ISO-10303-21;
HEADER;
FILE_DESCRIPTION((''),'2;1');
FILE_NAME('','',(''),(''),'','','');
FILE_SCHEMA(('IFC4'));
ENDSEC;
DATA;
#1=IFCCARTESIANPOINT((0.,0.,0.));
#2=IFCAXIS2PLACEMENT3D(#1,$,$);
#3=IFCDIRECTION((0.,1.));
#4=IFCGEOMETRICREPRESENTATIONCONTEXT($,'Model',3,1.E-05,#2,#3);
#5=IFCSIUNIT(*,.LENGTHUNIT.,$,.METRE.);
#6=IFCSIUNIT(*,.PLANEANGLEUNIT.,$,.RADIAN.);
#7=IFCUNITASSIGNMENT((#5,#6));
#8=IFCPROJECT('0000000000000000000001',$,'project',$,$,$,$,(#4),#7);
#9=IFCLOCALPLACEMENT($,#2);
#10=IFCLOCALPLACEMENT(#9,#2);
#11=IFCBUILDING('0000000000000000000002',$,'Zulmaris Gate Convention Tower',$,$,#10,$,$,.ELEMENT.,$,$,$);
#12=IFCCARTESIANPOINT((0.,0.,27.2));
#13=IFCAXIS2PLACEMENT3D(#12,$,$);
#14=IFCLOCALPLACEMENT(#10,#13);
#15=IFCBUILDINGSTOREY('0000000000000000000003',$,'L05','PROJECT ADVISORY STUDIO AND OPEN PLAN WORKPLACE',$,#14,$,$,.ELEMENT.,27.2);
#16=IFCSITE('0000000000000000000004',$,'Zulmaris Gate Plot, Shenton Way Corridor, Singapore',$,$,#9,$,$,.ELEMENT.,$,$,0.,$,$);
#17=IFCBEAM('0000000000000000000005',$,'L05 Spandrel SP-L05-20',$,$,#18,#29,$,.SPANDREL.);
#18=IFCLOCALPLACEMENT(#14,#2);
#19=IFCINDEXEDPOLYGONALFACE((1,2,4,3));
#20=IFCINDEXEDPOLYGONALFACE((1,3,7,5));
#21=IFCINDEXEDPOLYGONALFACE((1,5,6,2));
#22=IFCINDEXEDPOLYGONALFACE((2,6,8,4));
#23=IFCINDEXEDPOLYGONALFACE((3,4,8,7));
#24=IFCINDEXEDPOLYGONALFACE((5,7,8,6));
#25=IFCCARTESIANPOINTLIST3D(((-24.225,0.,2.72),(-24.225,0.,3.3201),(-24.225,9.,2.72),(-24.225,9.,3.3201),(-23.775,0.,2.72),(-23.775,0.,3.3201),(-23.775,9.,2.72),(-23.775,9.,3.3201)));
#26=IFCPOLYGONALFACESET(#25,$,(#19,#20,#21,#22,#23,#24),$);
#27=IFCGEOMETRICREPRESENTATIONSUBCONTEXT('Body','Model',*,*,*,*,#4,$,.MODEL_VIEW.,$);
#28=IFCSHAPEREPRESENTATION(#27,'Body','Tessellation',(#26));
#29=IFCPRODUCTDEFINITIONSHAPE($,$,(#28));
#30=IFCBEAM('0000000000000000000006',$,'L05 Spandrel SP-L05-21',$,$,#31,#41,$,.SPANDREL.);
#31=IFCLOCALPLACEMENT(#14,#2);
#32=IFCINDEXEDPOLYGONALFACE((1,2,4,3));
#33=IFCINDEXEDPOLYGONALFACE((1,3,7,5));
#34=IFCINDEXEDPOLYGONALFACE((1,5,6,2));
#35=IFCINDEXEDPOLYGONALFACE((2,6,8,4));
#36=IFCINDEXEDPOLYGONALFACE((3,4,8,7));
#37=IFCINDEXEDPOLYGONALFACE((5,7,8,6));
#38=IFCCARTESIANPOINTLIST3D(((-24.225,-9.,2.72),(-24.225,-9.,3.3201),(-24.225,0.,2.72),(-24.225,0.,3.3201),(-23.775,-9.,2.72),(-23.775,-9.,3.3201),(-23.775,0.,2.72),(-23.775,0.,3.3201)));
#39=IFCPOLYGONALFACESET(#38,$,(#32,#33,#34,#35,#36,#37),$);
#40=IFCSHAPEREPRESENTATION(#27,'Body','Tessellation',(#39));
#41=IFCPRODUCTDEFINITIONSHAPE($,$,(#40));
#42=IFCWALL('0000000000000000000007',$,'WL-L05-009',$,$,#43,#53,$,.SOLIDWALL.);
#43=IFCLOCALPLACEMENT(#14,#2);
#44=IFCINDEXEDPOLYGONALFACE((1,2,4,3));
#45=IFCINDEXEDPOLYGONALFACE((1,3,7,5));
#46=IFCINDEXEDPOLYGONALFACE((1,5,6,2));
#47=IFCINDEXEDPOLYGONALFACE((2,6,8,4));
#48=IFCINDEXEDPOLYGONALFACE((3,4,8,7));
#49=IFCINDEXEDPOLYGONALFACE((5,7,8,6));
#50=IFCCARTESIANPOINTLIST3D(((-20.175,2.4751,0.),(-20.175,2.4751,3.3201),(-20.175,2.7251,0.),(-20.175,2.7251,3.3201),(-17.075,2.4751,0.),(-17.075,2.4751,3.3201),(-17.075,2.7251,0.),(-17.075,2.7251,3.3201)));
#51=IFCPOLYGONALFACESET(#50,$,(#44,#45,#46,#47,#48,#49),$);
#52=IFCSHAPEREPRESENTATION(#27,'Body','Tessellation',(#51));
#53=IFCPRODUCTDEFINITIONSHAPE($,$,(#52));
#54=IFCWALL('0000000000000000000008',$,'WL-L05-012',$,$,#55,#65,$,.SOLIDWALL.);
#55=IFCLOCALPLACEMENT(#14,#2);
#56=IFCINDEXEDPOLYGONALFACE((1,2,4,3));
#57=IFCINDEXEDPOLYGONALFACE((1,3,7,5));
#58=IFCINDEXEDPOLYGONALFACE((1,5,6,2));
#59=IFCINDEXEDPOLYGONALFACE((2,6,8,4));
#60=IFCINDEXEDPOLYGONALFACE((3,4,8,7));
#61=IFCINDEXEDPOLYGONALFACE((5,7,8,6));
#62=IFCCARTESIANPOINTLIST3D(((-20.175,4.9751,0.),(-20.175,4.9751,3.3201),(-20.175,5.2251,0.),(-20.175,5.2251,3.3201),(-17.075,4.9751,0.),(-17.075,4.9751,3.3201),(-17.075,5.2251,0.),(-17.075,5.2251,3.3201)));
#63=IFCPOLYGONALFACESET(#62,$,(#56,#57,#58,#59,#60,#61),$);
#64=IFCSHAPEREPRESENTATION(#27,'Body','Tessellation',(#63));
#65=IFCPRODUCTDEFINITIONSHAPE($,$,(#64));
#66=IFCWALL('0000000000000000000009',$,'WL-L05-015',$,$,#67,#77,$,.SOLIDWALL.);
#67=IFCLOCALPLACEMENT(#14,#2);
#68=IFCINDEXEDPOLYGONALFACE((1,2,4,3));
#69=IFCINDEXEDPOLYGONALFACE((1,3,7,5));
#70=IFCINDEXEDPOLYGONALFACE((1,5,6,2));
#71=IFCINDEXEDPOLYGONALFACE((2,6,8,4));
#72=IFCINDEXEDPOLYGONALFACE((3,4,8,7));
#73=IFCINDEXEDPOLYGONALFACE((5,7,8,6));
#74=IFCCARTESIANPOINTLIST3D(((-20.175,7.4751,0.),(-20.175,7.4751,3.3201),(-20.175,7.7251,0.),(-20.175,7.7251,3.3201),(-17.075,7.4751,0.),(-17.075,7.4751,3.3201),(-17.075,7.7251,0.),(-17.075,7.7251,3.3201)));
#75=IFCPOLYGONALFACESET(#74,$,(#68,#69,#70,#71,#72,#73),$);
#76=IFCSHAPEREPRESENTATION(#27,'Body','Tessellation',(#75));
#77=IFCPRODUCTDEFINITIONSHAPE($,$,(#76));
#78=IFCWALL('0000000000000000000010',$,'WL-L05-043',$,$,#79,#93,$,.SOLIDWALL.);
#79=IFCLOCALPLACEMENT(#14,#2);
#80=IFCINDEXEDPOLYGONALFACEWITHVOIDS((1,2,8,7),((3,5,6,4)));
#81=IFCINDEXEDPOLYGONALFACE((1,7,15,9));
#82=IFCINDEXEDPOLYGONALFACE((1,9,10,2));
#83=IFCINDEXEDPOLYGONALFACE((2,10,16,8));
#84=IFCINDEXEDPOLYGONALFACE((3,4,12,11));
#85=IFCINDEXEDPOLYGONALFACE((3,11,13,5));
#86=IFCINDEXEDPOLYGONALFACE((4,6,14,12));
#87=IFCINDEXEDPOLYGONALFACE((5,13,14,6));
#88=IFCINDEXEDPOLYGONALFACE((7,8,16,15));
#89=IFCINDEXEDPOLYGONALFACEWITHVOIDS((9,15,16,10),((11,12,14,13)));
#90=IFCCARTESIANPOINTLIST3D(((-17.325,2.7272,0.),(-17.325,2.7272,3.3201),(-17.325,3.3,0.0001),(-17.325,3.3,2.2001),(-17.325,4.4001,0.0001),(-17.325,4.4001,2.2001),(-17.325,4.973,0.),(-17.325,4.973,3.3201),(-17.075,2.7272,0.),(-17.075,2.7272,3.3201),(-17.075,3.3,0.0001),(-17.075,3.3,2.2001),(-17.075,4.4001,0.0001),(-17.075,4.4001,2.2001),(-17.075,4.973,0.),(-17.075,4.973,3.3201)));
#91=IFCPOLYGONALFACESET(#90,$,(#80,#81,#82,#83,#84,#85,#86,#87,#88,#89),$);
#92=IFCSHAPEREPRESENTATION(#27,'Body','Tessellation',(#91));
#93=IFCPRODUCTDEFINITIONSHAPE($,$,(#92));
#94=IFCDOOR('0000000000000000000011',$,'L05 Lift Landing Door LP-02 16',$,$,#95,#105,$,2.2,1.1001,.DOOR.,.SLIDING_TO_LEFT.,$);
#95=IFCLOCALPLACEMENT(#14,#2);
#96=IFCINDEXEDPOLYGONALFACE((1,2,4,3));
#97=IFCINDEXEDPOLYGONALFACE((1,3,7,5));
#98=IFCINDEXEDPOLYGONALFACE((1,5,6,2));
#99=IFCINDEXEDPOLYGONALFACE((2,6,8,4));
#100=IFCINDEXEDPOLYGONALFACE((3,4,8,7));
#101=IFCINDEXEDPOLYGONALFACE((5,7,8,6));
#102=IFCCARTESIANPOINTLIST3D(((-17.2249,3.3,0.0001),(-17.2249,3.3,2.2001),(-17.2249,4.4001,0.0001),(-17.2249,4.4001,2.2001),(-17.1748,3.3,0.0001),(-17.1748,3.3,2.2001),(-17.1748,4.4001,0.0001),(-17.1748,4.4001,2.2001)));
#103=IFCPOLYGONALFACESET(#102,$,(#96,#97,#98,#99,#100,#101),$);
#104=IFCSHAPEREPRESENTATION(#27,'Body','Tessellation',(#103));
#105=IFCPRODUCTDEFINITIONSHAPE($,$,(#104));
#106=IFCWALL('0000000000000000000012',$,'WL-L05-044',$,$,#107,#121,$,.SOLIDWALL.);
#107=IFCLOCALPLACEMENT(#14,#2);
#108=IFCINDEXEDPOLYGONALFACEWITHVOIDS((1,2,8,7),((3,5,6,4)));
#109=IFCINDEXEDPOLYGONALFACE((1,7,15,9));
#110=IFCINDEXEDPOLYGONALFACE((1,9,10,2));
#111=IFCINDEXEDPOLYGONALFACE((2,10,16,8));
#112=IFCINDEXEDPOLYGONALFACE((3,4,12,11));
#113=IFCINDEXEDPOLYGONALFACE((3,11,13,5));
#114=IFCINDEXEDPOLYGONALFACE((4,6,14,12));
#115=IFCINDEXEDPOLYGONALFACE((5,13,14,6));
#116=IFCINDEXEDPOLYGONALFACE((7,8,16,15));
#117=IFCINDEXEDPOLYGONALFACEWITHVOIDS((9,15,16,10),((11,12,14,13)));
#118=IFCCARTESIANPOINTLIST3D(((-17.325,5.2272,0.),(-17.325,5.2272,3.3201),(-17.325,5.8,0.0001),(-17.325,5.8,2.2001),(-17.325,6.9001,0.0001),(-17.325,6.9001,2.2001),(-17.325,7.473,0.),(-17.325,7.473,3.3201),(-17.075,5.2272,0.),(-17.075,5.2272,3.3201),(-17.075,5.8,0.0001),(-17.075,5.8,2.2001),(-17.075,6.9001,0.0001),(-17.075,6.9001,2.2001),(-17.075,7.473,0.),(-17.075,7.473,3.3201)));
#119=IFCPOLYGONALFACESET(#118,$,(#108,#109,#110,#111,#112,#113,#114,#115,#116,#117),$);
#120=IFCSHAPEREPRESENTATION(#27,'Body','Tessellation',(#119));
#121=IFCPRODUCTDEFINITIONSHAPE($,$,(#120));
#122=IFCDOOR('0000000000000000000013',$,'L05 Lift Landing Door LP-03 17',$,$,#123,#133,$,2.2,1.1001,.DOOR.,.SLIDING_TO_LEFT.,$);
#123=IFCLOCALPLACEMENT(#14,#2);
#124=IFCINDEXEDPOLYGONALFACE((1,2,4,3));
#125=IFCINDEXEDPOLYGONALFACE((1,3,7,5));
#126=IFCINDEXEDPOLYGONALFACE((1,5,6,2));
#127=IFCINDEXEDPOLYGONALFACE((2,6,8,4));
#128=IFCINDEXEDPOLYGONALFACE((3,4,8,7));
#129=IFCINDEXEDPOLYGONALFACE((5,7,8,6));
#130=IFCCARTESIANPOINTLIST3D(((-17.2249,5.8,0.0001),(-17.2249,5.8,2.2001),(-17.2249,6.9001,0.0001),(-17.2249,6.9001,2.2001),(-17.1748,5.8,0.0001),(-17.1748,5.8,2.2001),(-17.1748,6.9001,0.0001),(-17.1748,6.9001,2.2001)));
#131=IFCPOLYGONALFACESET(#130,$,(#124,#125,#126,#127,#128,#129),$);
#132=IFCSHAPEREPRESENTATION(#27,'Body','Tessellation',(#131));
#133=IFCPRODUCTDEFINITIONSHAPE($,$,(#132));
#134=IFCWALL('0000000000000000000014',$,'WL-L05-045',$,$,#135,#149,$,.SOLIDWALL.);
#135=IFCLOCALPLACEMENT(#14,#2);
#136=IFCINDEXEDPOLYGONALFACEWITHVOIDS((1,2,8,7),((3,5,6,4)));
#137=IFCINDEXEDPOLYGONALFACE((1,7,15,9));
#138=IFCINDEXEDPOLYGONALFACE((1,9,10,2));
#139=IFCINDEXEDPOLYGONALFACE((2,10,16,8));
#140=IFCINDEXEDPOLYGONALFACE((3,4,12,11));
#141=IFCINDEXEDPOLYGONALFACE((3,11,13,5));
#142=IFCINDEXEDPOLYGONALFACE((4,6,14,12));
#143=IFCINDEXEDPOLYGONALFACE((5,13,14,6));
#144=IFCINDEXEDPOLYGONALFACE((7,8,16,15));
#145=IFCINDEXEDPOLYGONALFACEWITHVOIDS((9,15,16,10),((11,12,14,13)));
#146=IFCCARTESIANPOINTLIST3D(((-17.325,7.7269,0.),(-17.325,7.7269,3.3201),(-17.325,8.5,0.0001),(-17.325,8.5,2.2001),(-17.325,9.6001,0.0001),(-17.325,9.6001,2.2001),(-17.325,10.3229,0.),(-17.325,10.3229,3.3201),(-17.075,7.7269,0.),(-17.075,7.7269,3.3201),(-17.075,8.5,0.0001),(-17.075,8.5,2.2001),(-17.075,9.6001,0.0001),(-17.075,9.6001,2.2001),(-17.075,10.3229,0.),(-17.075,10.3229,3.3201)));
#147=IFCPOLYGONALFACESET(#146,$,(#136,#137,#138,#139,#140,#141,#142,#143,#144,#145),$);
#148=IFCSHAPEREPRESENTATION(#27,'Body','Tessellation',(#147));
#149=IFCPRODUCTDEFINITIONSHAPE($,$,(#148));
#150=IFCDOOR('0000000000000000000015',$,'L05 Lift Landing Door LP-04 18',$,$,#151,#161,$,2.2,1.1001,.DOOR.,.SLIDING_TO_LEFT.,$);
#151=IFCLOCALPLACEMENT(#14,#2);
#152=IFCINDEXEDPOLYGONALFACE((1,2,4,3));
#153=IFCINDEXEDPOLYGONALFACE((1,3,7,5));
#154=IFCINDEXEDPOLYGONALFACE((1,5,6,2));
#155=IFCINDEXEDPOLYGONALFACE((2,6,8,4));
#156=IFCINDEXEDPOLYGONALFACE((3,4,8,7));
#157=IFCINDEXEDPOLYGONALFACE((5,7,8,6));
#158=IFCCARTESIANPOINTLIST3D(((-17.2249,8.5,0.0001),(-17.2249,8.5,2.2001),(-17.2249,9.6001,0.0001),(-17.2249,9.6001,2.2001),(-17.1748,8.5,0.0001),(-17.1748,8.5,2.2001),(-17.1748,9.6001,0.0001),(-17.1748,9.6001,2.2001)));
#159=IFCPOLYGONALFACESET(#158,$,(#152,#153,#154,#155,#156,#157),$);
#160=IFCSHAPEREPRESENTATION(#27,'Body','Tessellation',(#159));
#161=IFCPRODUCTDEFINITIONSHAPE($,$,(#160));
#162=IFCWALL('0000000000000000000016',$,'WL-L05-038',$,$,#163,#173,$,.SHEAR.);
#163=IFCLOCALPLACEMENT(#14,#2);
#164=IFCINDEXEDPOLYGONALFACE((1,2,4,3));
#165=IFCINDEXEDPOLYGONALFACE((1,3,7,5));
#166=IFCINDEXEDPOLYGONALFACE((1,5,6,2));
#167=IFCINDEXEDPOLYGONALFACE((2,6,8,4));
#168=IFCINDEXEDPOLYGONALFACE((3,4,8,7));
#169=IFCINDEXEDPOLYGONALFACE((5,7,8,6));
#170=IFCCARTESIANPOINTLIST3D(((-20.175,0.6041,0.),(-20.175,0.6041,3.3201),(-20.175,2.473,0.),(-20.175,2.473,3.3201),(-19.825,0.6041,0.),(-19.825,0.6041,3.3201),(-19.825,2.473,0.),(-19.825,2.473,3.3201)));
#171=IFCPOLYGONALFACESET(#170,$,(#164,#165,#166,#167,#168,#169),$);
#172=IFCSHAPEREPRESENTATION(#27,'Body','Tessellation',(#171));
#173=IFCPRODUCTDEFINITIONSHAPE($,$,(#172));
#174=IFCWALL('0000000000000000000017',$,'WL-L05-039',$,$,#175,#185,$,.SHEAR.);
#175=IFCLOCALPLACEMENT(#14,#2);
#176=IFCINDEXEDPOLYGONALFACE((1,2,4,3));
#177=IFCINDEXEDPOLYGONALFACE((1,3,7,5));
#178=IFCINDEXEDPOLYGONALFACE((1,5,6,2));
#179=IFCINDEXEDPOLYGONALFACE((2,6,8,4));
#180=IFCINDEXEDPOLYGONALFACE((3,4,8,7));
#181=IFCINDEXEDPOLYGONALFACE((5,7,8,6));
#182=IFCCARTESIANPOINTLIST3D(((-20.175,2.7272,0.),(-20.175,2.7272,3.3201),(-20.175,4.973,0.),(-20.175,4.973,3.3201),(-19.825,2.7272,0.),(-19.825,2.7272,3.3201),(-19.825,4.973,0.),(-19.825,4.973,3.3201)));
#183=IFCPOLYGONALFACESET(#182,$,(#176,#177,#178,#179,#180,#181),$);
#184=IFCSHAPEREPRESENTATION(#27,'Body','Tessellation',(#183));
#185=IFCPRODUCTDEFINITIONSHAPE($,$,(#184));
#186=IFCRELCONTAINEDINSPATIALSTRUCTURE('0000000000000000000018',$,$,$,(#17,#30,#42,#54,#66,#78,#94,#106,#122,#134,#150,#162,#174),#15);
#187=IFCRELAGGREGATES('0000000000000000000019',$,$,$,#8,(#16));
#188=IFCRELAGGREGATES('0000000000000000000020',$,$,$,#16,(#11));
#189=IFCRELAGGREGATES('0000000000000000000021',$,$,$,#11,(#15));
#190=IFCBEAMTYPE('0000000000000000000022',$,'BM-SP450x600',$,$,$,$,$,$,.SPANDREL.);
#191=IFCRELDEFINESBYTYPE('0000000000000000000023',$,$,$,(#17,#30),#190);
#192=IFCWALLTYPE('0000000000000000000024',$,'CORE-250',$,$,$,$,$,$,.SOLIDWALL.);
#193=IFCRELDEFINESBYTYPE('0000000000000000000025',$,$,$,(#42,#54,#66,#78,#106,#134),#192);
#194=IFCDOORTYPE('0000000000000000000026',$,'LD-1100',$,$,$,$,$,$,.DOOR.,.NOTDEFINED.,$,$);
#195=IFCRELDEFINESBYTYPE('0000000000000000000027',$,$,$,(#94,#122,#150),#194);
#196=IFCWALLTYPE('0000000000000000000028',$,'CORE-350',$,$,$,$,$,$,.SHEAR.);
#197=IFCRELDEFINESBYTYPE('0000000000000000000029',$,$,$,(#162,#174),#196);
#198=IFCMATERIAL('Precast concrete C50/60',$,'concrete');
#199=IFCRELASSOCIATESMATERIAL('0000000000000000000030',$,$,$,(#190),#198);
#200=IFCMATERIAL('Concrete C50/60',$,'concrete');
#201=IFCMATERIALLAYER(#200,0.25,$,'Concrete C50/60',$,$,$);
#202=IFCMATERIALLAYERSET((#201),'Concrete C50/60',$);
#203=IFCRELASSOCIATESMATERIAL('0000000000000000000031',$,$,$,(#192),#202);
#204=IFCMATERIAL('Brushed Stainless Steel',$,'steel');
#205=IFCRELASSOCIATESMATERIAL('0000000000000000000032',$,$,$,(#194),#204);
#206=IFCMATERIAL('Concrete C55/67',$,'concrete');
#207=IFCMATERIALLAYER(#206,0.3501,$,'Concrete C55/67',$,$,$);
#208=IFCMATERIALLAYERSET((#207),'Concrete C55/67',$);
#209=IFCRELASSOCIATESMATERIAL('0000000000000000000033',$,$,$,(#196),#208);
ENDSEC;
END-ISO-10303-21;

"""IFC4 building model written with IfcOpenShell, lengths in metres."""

from ifc_helpers import new_model, si_unit, direction, frame, frame_2d, origin, origin_2d, place, context, subcontext, project, spatial, rectangle, extrude, material, layer, layer_set, material_profile, profile_set, type_object, element, fill, save


model = new_model("IFC4")

# Units and contexts
model_context = context("Model", 3, precision=1e-05, world=origin(), true_north=direction((0.0, 1.0)))
body_context = subcontext(model_context, "Body", "Model", "MODEL_VIEW")
ifc_project = project(units=[si_unit("LENGTHUNIT", "METRE"), si_unit("PLANEANGLEUNIT", "RADIAN")], contexts=[model_context])

# Site, building, storey
site_placement = place(None, origin())
site = spatial("IfcSite", under=ifc_project, at=site_placement, Name="Zulmaris Gate Plot, Shenton Way Corridor, Singapore", CompositionType="ELEMENT", RefElevation=0.0)
building_placement = place(site_placement, origin())
building = spatial("IfcBuilding", under=site, at=building_placement, Name="Zulmaris Gate Convention Tower", CompositionType="ELEMENT")
storey_placement = place(building_placement, frame((0.0, 0.0, 27.2)))
storey = spatial("IfcBuildingStorey", under=building, at=storey_placement, Name="L05", Description="PROJECT ADVISORY STUDIO AND OPEN PLAN WORKPLACE", CompositionType="ELEMENT", Elevation=27.2)

# Beams
ifc_material_1 = material(Name="Precast concrete C50/60", Category="concrete")
ifc_material_profile_1 = material_profile(ifc_material_1, rectangle(XDim=0.45, YDim=0.6001, at=origin_2d()), Name="RC SPANDREL 450x600")
ifc_profile_set_1 = profile_set([ifc_material_profile_1], Name="Precast concrete C50/60")
beam_type_1 = type_object("IfcBeamType", Name="BM-SP450x600", PredefinedType="SPANDREL", material=ifc_profile_set_1)
for number, where, z_axis, x_axis, name in (
    (1, (-24.0, 9.0, 3.02), (0.0, -1.0, 0.0), (1.0, 0.0, 0.0), "L05 Spandrel SP-L05-20"),
    (2, (-24.0, 0.0, 3.02), (0.0, -1.0, 0.0), (1.0, 0.0, 0.0), "L05 Spandrel SP-L05-21"),
):
    element("IfcBeam", number, at=place(storey_placement, frame(where, z_axis=z_axis, x_axis=x_axis)), inside=storey, type_object=beam_type_1, Name=name, PredefinedType="SPANDREL", context=body_context, shape_type="SweptSolid", body=[
        extrude(rectangle(XDim=0.45, YDim=0.6001, at=origin_2d()), origin(), (0.0, 0.0, 1.0), 9.0),
    ])

# Walls
ifc_material_2 = material(Name="Concrete C50/60", Category="concrete")
ifc_layer_1 = layer(ifc_material_2, 0.25, Name="Concrete C50/60")
ifc_layer_set_1 = layer_set([ifc_layer_1], Name="Concrete C50/60")
wall_type_1 = type_object("IfcWallType", Name="CORE-250", PredefinedType="SOLIDWALL", material=ifc_layer_set_1)
for number, where, z_axis, x_axis, name in (
    (3, (-20.175, 2.6001, 0.0), (0.0, 0.0, 1.0), (1.0, 0.0, 0.0), "WL-L05-009"),
    (4, (-20.175, 5.1001, 0.0), (0.0, 0.0, 1.0), (1.0, 0.0, 0.0), "WL-L05-012"),
    (5, (-20.175, 7.6001, 0.0), (0.0, 0.0, 1.0), (1.0, 0.0, 0.0), "WL-L05-015"),
):
    element("IfcWall", number, at=place(storey_placement, frame(where, z_axis=z_axis, x_axis=x_axis)), inside=storey, type_object=wall_type_1, Name=name, PredefinedType="SOLIDWALL", context=body_context, shape_type="SweptSolid", body=[
        extrude(rectangle(XDim=3.1001, YDim=0.25, at=frame_2d((1.55, 0.0))), origin(), (0.0, 0.0, 1.0), 3.3201),
    ])

# Walls, openings, doors
wall_1_placement = place(storey_placement, frame((-17.2, 2.7271, 0.0), z_axis=(0.0, 0.0, 1.0), x_axis=(0.0, 1.0, 0.0)))
wall_1 = element("IfcWall", 6, at=wall_1_placement, inside=storey, type_object=wall_type_1, Name="WL-L05-043", PredefinedType="SOLIDWALL", context=body_context, shape_type="SweptSolid", body=[
    extrude(rectangle(XDim=2.2458, YDim=0.25, at=frame_2d((1.123, 0.0))), origin(), (0.0, 0.0, 1.0), 3.3201),
])
opening_1_placement = place(wall_1_placement, frame((0.573, 0.0, 0.0)))
opening_1 = element("IfcOpeningElement", 7, at=opening_1_placement, cuts=wall_1, PredefinedType="OPENING", context=body_context, shape_type="SweptSolid", body=[
    extrude(rectangle(XDim=1.1001, YDim=2.2, at=frame_2d((0.55, 1.1001))), frame((0.0, 0.135, 0.0), z_axis=(0.0, -1.0, 0.0), x_axis=(1.0, 0.0, 0.0)), (0.0, 0.0, 1.0), 0.27),
])
ifc_material_3 = material(Name="Brushed Stainless Steel", Category="steel")
door_type = type_object("IfcDoorType", Name="LD-1100", OperationType="NOTDEFINED", PredefinedType="DOOR", material=ifc_material_3)
door_1_placement = place(opening_1_placement, origin())
door_1 = element("IfcDoor", 8, at=door_1_placement, inside=storey, type_object=door_type, Name="L05 Lift Landing Door LP-02 16", OperationType="SLIDING_TO_LEFT", OverallHeight=2.2, OverallWidth=1.1001, PredefinedType="DOOR", context=body_context, shape_type="SweptSolid", body=[
    extrude(rectangle(XDim=1.1001, YDim=2.2, at=frame_2d((0.55, 1.1001))), frame((0.0, 0.0249, 0.0), z_axis=(0.0, -1.0, 0.0), x_axis=(1.0, 0.0, 0.0)), (0.0, 0.0, 1.0), 0.05),
])
fill(opening_1, door_1)
wall_2_placement = place(storey_placement, frame((-17.2, 5.2271, 0.0), z_axis=(0.0, 0.0, 1.0), x_axis=(0.0, 1.0, 0.0)))
wall_2 = element("IfcWall", 9, at=wall_2_placement, inside=storey, type_object=wall_type_1, Name="WL-L05-044", PredefinedType="SOLIDWALL", context=body_context, shape_type="SweptSolid", body=[
    extrude(rectangle(XDim=2.2458, YDim=0.25, at=frame_2d((1.123, 0.0))), origin(), (0.0, 0.0, 1.0), 3.3201),
])
opening_2_placement = place(wall_2_placement, frame((0.573, 0.0, 0.0)))
opening_2 = element("IfcOpeningElement", 10, at=opening_2_placement, cuts=wall_2, PredefinedType="OPENING", context=body_context, shape_type="SweptSolid", body=[
    extrude(rectangle(XDim=1.1001, YDim=2.2, at=frame_2d((0.55, 1.1001))), frame((0.0, 0.135, 0.0), z_axis=(0.0, -1.0, 0.0), x_axis=(1.0, 0.0, 0.0)), (0.0, 0.0, 1.0), 0.27),
])
door_2_placement = place(opening_2_placement, origin())
door_2 = element("IfcDoor", 11, at=door_2_placement, inside=storey, type_object=door_type, Name="L05 Lift Landing Door LP-03 17", OperationType="SLIDING_TO_LEFT", OverallHeight=2.2, OverallWidth=1.1001, PredefinedType="DOOR", context=body_context, shape_type="SweptSolid", body=[
    extrude(rectangle(XDim=1.1001, YDim=2.2, at=frame_2d((0.55, 1.1001))), frame((0.0, 0.0249, 0.0), z_axis=(0.0, -1.0, 0.0), x_axis=(1.0, 0.0, 0.0)), (0.0, 0.0, 1.0), 0.05),
])
fill(opening_2, door_2)
wall_3_placement = place(storey_placement, frame((-17.2, 7.7271, 0.0), z_axis=(0.0, 0.0, 1.0), x_axis=(0.0, 1.0, 0.0)))
wall_3 = element("IfcWall", 12, at=wall_3_placement, inside=storey, type_object=wall_type_1, Name="WL-L05-045", PredefinedType="SOLIDWALL", context=body_context, shape_type="SweptSolid", body=[
    extrude(rectangle(XDim=2.5959, YDim=0.25, at=frame_2d((1.2979, 0.0))), origin(), (0.0, 0.0, 1.0), 3.3201),
])
opening_3_placement = place(wall_3_placement, frame((0.7729, 0.0, 0.0)))
opening_3 = element("IfcOpeningElement", 13, at=opening_3_placement, cuts=wall_3, PredefinedType="OPENING", context=body_context, shape_type="SweptSolid", body=[
    extrude(rectangle(XDim=1.1001, YDim=2.2, at=frame_2d((0.55, 1.1001))), frame((0.0, 0.135, 0.0), z_axis=(0.0, -1.0, 0.0), x_axis=(1.0, 0.0, 0.0)), (0.0, 0.0, 1.0), 0.27),
])
door_3_placement = place(opening_3_placement, origin())
door_3 = element("IfcDoor", 14, at=door_3_placement, inside=storey, type_object=door_type, Name="L05 Lift Landing Door LP-04 18", OperationType="SLIDING_TO_LEFT", OverallHeight=2.2, OverallWidth=1.1001, PredefinedType="DOOR", context=body_context, shape_type="SweptSolid", body=[
    extrude(rectangle(XDim=1.1001, YDim=2.2, at=frame_2d((0.55, 1.1001))), frame((0.0, 0.0249, 0.0), z_axis=(0.0, -1.0, 0.0), x_axis=(1.0, 0.0, 0.0)), (0.0, 0.0, 1.0), 0.05),
])
fill(opening_3, door_3)

# Walls
ifc_material_4 = material(Name="Concrete C55/67", Category="concrete")
ifc_layer_2 = layer(ifc_material_4, 0.3501, Name="Concrete C55/67")
ifc_layer_set_2 = layer_set([ifc_layer_2], Name="Concrete C55/67")
wall_type_2 = type_object("IfcWallType", Name="CORE-350", PredefinedType="SHEAR", material=ifc_layer_set_2)
wall_4_placement = place(storey_placement, frame((-20.0, 0.604, 0.0), z_axis=(0.0, 0.0, 1.0), x_axis=(0.0, 1.0, 0.0)))
element("IfcWall", 15, at=wall_4_placement, inside=storey, type_object=wall_type_2, Name="WL-L05-038", PredefinedType="SHEAR", context=body_context, shape_type="SweptSolid", body=[
    extrude(rectangle(XDim=1.8689, YDim=0.3501, at=frame_2d((0.9346, 0.0))), origin(), (0.0, 0.0, 1.0), 3.3201),
])
for number, where, z_axis, x_axis, name in (
    (16, (-20.0, 2.7271, 0.0), (0.0, 0.0, 1.0), (0.0, 1.0, 0.0), "WL-L05-039"),
):
    element("IfcWall", number, at=place(storey_placement, frame(where, z_axis=z_axis, x_axis=x_axis)), inside=storey, type_object=wall_type_2, Name=name, PredefinedType="SHEAR", context=body_context, shape_type="SweptSolid", body=[
        extrude(rectangle(XDim=2.2458, YDim=0.3501, at=frame_2d((1.123, 0.0))), origin(), (0.0, 0.0, 1.0), 3.3201),
    ])

save(model, "model.ifc")
